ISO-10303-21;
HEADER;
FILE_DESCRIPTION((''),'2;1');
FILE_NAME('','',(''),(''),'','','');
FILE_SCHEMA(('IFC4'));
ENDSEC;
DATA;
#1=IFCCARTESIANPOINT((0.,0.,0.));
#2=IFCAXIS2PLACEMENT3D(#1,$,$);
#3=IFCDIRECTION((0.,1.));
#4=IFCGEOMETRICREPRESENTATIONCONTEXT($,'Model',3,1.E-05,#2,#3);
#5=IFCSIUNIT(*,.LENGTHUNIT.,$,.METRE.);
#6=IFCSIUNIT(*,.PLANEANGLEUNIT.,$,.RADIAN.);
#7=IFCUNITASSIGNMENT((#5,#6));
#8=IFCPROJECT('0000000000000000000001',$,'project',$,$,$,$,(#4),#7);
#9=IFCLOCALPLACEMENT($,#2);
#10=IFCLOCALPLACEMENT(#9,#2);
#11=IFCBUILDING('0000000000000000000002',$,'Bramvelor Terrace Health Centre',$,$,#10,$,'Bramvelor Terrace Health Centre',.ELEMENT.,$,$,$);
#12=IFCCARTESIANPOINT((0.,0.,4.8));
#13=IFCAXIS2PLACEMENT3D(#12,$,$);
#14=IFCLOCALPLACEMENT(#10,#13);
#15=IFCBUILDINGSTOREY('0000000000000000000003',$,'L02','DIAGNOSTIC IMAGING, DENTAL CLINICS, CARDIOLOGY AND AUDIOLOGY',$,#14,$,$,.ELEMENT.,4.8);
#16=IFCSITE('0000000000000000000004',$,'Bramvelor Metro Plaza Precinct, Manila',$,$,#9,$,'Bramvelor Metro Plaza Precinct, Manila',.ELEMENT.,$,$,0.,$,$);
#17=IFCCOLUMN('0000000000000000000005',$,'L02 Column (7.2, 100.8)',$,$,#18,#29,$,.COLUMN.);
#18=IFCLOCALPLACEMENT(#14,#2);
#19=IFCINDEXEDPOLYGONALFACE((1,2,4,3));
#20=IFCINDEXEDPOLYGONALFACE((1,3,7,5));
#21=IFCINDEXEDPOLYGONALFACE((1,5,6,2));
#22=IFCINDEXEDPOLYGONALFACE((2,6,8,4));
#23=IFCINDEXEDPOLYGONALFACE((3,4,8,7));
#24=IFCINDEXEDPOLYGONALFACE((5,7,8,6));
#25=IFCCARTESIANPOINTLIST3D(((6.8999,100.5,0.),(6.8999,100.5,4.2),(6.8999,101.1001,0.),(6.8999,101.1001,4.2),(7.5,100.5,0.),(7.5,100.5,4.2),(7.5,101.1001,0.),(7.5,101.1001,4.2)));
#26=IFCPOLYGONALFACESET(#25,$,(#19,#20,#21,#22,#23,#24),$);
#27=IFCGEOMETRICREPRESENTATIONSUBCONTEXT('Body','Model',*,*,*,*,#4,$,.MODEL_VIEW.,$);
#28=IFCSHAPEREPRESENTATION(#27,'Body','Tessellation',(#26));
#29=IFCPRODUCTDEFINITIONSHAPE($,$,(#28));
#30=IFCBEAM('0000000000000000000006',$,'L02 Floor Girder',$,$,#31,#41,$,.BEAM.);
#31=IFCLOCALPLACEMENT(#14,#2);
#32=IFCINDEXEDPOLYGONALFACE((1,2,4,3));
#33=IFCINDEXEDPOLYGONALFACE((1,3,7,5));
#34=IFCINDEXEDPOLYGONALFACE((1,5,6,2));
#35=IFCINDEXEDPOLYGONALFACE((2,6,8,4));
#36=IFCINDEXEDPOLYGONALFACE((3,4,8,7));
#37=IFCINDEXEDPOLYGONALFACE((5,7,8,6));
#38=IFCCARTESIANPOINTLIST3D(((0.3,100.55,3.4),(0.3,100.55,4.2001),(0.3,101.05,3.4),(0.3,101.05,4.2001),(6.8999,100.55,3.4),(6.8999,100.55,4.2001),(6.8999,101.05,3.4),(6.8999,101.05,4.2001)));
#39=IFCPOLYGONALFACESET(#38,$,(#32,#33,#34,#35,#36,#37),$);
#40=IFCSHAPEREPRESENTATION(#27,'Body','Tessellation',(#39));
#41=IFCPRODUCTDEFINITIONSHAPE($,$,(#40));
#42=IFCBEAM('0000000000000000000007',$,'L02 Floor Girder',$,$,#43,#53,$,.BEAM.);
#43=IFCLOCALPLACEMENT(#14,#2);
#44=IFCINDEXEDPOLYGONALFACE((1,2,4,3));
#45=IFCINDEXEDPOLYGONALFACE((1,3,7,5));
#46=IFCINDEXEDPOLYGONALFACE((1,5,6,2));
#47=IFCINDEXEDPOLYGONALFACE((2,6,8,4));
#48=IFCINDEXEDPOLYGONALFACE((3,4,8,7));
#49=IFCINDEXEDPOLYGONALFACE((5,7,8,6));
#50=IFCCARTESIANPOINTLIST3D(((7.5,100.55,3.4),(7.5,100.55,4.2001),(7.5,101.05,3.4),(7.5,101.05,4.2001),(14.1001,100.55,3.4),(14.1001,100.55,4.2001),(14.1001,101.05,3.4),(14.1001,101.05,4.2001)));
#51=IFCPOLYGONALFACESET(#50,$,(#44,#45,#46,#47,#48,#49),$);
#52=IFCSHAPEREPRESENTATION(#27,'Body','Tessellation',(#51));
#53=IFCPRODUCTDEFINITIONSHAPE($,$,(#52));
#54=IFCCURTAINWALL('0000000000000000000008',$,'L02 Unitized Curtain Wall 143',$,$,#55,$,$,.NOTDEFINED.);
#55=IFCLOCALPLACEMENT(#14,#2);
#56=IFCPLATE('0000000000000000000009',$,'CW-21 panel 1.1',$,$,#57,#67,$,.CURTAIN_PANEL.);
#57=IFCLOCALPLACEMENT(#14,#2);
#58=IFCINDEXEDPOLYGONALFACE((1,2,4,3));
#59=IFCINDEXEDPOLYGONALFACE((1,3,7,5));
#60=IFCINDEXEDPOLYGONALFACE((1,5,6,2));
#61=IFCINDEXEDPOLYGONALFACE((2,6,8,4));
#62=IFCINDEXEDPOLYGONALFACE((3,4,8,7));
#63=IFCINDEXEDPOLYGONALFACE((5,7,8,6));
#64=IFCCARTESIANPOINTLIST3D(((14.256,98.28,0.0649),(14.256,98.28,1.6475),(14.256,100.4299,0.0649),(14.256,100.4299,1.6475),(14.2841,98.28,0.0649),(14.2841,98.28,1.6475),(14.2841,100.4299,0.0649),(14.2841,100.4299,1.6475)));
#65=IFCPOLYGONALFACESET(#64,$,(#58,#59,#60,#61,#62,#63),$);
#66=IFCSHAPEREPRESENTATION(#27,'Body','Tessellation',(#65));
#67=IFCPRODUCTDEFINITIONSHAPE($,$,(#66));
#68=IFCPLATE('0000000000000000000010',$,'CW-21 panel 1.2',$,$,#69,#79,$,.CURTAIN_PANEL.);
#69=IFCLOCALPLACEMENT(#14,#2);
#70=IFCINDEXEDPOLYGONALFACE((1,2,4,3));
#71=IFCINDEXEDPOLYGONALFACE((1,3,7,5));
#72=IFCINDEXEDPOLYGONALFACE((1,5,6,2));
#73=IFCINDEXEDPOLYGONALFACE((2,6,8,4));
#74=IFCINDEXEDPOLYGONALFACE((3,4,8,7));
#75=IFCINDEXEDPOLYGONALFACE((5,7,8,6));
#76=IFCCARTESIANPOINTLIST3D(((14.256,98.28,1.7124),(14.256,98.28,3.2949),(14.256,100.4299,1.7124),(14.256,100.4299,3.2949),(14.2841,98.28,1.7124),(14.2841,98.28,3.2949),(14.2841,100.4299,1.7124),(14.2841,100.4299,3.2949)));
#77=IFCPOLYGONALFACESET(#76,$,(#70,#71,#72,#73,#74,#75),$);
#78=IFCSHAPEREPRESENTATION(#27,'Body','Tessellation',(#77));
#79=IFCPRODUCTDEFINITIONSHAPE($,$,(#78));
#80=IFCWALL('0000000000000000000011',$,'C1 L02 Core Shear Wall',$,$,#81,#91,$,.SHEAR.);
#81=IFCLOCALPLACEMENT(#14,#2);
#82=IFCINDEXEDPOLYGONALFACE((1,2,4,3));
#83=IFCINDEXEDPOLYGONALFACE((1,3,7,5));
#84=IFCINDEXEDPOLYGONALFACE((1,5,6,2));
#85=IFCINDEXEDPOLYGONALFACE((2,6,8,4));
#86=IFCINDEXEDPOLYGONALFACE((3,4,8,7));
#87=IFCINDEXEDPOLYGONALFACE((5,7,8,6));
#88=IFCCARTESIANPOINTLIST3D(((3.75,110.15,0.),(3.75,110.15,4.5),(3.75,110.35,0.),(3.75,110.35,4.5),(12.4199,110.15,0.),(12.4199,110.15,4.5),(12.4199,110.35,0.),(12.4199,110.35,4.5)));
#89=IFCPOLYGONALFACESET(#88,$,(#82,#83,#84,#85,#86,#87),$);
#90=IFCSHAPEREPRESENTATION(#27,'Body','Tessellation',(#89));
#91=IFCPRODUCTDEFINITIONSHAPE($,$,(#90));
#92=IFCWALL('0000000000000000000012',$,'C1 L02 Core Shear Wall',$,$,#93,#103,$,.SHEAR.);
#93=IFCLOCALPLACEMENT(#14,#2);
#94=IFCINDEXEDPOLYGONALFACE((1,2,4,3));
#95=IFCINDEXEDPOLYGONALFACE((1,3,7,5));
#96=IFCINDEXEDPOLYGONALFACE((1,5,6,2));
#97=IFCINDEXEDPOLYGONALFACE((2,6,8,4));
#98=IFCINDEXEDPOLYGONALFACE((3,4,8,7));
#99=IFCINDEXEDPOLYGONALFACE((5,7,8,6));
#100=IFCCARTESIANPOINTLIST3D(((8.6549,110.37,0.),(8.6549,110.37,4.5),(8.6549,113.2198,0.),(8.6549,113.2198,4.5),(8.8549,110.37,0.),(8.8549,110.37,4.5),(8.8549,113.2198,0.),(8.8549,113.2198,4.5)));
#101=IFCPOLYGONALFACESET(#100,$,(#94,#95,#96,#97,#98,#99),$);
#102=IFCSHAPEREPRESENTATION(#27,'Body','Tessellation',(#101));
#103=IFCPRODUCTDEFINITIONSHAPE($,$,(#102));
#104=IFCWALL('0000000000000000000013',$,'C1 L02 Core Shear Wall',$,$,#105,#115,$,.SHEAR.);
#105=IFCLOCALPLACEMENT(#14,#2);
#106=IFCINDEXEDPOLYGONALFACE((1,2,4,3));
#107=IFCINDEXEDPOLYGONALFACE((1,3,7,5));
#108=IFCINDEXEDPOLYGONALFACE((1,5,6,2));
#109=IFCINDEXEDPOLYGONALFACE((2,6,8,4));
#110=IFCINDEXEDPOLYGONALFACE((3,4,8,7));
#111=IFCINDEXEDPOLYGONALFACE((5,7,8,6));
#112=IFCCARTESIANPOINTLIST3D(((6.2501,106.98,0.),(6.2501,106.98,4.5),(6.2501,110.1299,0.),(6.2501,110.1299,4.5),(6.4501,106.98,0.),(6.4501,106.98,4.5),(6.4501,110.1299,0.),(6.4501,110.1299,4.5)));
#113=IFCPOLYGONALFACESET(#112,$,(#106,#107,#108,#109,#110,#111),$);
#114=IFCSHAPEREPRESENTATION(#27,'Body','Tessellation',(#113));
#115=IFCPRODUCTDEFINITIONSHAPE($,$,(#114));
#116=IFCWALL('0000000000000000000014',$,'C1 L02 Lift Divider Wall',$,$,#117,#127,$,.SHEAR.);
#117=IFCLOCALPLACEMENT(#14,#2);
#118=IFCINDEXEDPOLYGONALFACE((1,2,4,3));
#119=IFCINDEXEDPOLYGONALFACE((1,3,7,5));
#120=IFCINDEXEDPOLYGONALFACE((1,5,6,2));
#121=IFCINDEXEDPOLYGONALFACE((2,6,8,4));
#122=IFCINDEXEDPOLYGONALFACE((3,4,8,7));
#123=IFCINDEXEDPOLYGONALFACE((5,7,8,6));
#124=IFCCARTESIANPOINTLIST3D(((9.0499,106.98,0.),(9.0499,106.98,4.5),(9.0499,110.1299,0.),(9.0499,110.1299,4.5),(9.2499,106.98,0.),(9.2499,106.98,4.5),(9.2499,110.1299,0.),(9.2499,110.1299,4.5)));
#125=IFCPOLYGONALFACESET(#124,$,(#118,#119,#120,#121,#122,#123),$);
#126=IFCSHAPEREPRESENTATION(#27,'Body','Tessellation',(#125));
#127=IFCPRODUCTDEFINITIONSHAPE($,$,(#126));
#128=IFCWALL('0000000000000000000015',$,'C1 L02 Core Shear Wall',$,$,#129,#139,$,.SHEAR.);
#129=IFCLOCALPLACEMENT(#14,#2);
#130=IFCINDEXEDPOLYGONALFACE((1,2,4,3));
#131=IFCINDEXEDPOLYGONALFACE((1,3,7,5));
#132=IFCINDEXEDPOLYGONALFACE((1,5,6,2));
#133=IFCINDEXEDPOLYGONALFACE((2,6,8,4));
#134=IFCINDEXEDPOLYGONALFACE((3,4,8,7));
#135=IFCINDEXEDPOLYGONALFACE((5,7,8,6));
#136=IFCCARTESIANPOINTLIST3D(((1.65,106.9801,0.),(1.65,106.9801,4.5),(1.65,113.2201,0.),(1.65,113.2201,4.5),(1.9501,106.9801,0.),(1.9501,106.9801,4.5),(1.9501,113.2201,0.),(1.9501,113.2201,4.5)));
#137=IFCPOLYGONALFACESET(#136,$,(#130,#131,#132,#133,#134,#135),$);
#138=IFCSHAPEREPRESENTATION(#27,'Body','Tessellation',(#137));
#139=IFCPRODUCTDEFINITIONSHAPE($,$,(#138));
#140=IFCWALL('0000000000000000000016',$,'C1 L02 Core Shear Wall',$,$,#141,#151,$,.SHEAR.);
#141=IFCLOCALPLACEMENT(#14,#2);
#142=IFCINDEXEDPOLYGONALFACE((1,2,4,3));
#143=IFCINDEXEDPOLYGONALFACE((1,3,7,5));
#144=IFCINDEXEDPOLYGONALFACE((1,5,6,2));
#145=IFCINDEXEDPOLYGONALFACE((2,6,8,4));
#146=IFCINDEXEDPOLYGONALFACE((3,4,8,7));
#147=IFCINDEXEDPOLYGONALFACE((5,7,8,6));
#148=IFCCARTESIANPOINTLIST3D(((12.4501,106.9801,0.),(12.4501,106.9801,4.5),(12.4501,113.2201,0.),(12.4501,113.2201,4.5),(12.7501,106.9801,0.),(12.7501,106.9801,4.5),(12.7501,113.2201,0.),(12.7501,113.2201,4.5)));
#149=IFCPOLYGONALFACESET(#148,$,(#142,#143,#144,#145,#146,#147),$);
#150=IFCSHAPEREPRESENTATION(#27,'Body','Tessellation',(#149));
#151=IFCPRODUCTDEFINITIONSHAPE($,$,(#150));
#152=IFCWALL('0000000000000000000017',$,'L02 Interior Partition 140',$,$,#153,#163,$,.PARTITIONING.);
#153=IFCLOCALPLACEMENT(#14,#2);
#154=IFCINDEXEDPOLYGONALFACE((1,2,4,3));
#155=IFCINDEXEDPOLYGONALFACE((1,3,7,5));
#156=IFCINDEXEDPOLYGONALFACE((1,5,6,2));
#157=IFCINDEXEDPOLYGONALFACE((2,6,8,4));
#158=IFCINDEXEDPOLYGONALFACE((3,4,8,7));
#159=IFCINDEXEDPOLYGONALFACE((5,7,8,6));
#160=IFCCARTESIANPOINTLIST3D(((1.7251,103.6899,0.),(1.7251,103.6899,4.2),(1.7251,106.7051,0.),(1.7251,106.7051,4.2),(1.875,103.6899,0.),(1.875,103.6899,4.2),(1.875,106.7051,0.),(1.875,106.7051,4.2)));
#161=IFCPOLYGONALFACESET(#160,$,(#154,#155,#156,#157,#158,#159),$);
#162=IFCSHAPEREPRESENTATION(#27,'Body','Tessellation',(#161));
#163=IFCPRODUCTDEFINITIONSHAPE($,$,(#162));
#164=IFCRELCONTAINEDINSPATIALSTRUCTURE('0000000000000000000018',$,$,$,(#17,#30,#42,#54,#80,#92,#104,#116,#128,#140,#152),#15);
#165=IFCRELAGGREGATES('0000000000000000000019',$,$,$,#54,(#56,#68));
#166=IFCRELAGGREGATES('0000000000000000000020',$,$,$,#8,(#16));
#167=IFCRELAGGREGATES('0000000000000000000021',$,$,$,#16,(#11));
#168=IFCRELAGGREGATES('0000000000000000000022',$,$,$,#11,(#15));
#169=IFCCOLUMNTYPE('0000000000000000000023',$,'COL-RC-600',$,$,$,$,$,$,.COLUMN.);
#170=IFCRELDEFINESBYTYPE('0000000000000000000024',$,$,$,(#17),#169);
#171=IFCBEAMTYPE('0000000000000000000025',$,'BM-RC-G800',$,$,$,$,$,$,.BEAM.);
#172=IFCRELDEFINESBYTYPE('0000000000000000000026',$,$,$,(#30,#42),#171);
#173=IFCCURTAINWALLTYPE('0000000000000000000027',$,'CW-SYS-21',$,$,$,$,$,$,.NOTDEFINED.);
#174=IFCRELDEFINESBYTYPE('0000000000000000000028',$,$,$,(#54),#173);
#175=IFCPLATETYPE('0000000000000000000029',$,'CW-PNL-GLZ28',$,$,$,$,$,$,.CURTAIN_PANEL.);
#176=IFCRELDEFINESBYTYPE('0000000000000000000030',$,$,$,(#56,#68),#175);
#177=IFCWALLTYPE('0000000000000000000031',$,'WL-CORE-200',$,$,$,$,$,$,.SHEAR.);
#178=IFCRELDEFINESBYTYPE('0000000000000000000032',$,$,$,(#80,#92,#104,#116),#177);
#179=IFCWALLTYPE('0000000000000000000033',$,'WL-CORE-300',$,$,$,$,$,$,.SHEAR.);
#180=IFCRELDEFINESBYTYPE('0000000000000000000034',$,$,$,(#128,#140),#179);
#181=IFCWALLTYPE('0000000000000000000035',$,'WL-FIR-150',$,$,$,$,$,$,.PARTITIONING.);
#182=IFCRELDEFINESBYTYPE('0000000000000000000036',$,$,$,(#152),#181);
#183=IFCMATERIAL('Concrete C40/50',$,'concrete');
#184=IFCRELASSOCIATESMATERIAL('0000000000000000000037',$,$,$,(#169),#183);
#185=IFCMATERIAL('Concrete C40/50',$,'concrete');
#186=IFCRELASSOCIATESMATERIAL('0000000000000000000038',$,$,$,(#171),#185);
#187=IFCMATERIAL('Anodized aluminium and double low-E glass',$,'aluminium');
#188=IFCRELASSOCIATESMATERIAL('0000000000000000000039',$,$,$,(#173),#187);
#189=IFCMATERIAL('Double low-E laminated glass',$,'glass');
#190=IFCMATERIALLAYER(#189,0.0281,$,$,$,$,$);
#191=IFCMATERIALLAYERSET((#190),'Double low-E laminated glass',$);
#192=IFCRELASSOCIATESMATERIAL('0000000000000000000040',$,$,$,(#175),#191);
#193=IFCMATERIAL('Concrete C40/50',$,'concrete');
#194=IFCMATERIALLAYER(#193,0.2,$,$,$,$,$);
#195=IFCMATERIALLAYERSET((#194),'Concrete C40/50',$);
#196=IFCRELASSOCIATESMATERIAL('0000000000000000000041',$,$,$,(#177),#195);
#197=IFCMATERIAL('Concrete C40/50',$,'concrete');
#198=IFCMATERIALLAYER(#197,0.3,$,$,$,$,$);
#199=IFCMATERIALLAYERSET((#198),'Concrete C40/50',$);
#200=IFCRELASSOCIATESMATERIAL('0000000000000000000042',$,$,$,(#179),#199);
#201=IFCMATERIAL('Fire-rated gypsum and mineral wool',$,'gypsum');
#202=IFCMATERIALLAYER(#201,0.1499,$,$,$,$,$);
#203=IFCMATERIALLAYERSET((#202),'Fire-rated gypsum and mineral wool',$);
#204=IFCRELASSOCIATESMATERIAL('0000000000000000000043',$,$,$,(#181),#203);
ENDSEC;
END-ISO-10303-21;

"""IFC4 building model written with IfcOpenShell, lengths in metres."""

from ifc_helpers import new_model, si_unit, direction, frame, frame_2d, origin, origin_2d, place, context, subcontext, project, spatial, rectangle, extrude, material, layer, layer_set, material_profile, profile_set, type_object, element, aggregate, save


model = new_model("IFC4")

# Units and contexts
model_context = context("Model", 3, precision=1e-05, world=origin(), true_north=direction((0.0, 1.0)))
body_context = subcontext(model_context, "Body", "Model", "MODEL_VIEW")
ifc_project = project(units=[si_unit("LENGTHUNIT", "METRE"), si_unit("PLANEANGLEUNIT", "RADIAN")], contexts=[model_context])

# Site, building, storey
site_placement = place(None, origin())
site = spatial("IfcSite", under=ifc_project, at=site_placement, Name="Bramvelor Metro Plaza Precinct, Manila", LongName="Bramvelor Metro Plaza Precinct, Manila", CompositionType="ELEMENT", RefElevation=0.0)
building_placement = place(site_placement, origin())
building = spatial("IfcBuilding", under=site, at=building_placement, Name="Bramvelor Terrace Health Centre", LongName="Bramvelor Terrace Health Centre", CompositionType="ELEMENT")
storey_placement = place(building_placement, frame((0.0, 0.0, 4.8)))
storey = spatial("IfcBuildingStorey", under=building, at=storey_placement, Name="L02", Description="DIAGNOSTIC IMAGING, DENTAL CLINICS, CARDIOLOGY AND AUDIOLOGY", CompositionType="ELEMENT", Elevation=4.8)

# Column
ifc_material_1 = material(Name="Concrete C40/50", Category="concrete")
ifc_material_profile_1 = material_profile(ifc_material_1, rectangle(XDim=0.6001, YDim=0.6001, at=origin_2d()), Name="RC 600x600")
ifc_profile_set_1 = profile_set([ifc_material_profile_1], Name="Concrete C40/50")
column_type = type_object("IfcColumnType", Name="COL-RC-600", PredefinedType="COLUMN", material=ifc_profile_set_1)
column_placement = place(storey_placement, frame((7.2, 100.8, 0.0), z_axis=(0.0, 0.0, 1.0), x_axis=(1.0, 0.0, 0.0)))
element("IfcColumn", 1, at=column_placement, inside=storey, type_object=column_type, Name="L02 Column (7.2, 100.8)", PredefinedType="COLUMN", context=body_context, shape_type="SweptSolid", body=[
    extrude(rectangle(XDim=0.6001, YDim=0.6001, at=origin_2d()), origin(), (0.0, 0.0, 1.0), 4.2),
])

# Beams
ifc_material_2 = material(Name="Concrete C40/50", Category="concrete")
ifc_material_profile_2 = material_profile(ifc_material_2, rectangle(XDim=0.5, YDim=0.8, at=origin_2d()), Name="RC 500x800")
ifc_profile_set_2 = profile_set([ifc_material_profile_2], Name="Concrete C40/50")
beam_type = type_object("IfcBeamType", Name="BM-RC-G800", PredefinedType="BEAM", material=ifc_profile_set_2)
beam_1_placement = place(storey_placement, frame((0.3, 100.8, 3.8), z_axis=(1.0, 0.0, 0.0), x_axis=(0.0, 1.0, 0.0)))
element("IfcBeam", 2, at=beam_1_placement, inside=storey, type_object=beam_type, Name="L02 Floor Girder", PredefinedType="BEAM", context=body_context, shape_type="SweptSolid", body=[
    extrude(rectangle(XDim=0.5, YDim=0.8, at=origin_2d()), origin(), (0.0, 0.0, 1.0), 6.5999),
])
beam_2_placement = place(storey_placement, frame((7.5, 100.8, 3.8), z_axis=(1.0, 0.0, 0.0), x_axis=(0.0, 1.0, 0.0)))
element("IfcBeam", 3, at=beam_2_placement, inside=storey, type_object=beam_type, Name="L02 Floor Girder", PredefinedType="BEAM", context=body_context, shape_type="SweptSolid", body=[
    extrude(rectangle(XDim=0.5, YDim=0.8, at=origin_2d()), origin(), (0.0, 0.0, 1.0), 6.6001),
])

# Curtain wall, plates
ifc_material_3 = material(Name="Anodized aluminium and double low-E glass", Category="aluminium")
curtain_wall_type = type_object("IfcCurtainWallType", Name="CW-SYS-21", PredefinedType="NOTDEFINED", material=ifc_material_3)
curtain_wall_placement = place(storey_placement, origin())
curtain_wall = element("IfcCurtainWall", 4, at=curtain_wall_placement, inside=storey, type_object=curtain_wall_type, Name="L02 Unitized Curtain Wall 143", PredefinedType="NOTDEFINED")
ifc_material_4 = material(Name="Double low-E laminated glass", Category="glass")
ifc_layer_1 = layer(ifc_material_4, 0.0281)
ifc_layer_set_1 = layer_set([ifc_layer_1], Name="Double low-E laminated glass")
plate_type = type_object("IfcPlateType", Name="CW-PNL-GLZ28", PredefinedType="CURTAIN_PANEL", material=ifc_layer_set_1)
plate_1_placement = place(storey_placement, frame((14.27, 99.355, 0.0649), z_axis=(0.0, 0.0, 1.0), x_axis=(0.0, -1.0, 0.0)))
plate_1 = element("IfcPlate", 5, at=plate_1_placement, type_object=plate_type, Name="CW-21 panel 1.1", PredefinedType="CURTAIN_PANEL", context=body_context, shape_type="SweptSolid", body=[
    extrude(rectangle(XDim=2.1499, YDim=0.0281, at=origin_2d()), origin(), (0.0, 0.0, 1.0), 1.5825),
])
plate_2_placement = place(storey_placement, frame((14.27, 99.355, 1.7124), z_axis=(0.0, 0.0, 1.0), x_axis=(0.0, -1.0, 0.0)))
plate_2 = element("IfcPlate", 6, at=plate_2_placement, type_object=plate_type, Name="CW-21 panel 1.2", PredefinedType="CURTAIN_PANEL", context=body_context, shape_type="SweptSolid", body=[
    extrude(rectangle(XDim=2.1499, YDim=0.0281, at=origin_2d()), origin(), (0.0, 0.0, 1.0), 1.5825),
])
aggregate(curtain_wall, [plate_1, plate_2])

# Walls
ifc_material_5 = material(Name="Concrete C40/50", Category="concrete")
ifc_layer_2 = layer(ifc_material_5, 0.2)
ifc_layer_set_2 = layer_set([ifc_layer_2], Name="Concrete C40/50")
wall_type_1 = type_object("IfcWallType", Name="WL-CORE-200", PredefinedType="SHEAR", material=ifc_layer_set_2)
wall_1_placement = place(storey_placement, frame((3.75, 110.25, 0.0), z_axis=(0.0, 0.0, 1.0), x_axis=(1.0, 0.0, 0.0)))
element("IfcWall", 7, at=wall_1_placement, inside=storey, type_object=wall_type_1, Name="C1 L02 Core Shear Wall", PredefinedType="SHEAR", context=body_context, shape_type="SweptSolid", body=[
    extrude(rectangle(XDim=8.6699, YDim=0.2, at=frame_2d((4.335, 0.0))), origin(), (0.0, 0.0, 1.0), 4.5),
])
wall_2_placement = place(storey_placement, frame((8.7549, 110.3701, 0.0), z_axis=(0.0, 0.0, 1.0), x_axis=(0.0, 1.0, 0.0)))
element("IfcWall", 8, at=wall_2_placement, inside=storey, type_object=wall_type_1, Name="C1 L02 Core Shear Wall", PredefinedType="SHEAR", context=body_context, shape_type="SweptSolid", body=[
    extrude(rectangle(XDim=2.8499, YDim=0.2, at=frame_2d((1.4248, 0.0))), origin(), (0.0, 0.0, 1.0), 4.5),
])
for number, where, z_axis, x_axis, name in (
    (9, (6.3501, 106.98, 0.0), (0.0, 0.0, 1.0), (0.0, 1.0, 0.0), "C1 L02 Core Shear Wall"),
    (10, (9.1499, 106.98, 0.0), (0.0, 0.0, 1.0), (0.0, 1.0, 0.0), "C1 L02 Lift Divider Wall"),
):
    element("IfcWall", number, at=place(storey_placement, frame(where, z_axis=z_axis, x_axis=x_axis)), inside=storey, type_object=wall_type_1, Name=name, PredefinedType="SHEAR", context=body_context, shape_type="SweptSolid", body=[
        extrude(rectangle(XDim=3.1499, YDim=0.2, at=frame_2d((1.575, 0.0))), origin(), (0.0, 0.0, 1.0), 4.5),
    ])

# Shared definitions
ifc_material_6 = material(Name="Concrete C40/50", Category="concrete")
ifc_layer_3 = layer(ifc_material_6, 0.3)
ifc_layer_set_3 = layer_set([ifc_layer_3], Name="Concrete C40/50")
wall_type_2 = type_object("IfcWallType", Name="WL-CORE-300", PredefinedType="SHEAR", material=ifc_layer_set_3)

# Walls
for number, where, z_axis, x_axis, name in (
    (11, (1.8, 106.98, 0.0), (0.0, 0.0, 1.0), (0.0, 1.0, 0.0), "C1 L02 Core Shear Wall"),
    (12, (12.6001, 106.98, 0.0), (0.0, 0.0, 1.0), (0.0, 1.0, 0.0), "C1 L02 Core Shear Wall"),
):
    element("IfcWall", number, at=place(storey_placement, frame(where, z_axis=z_axis, x_axis=x_axis)), inside=storey, type_object=wall_type_2, Name=name, PredefinedType="SHEAR", context=body_context, shape_type="SweptSolid", body=[
        extrude(rectangle(XDim=6.24, YDim=0.3, at=frame_2d((3.1201, 0.0))), origin(), (0.0, 0.0, 1.0), 4.5),
    ])
ifc_material_7 = material(Name="Fire-rated gypsum and mineral wool", Category="gypsum")
ifc_layer_4 = layer(ifc_material_7, 0.1499)
ifc_layer_set_4 = layer_set([ifc_layer_4], Name="Fire-rated gypsum and mineral wool")
wall_type_3 = type_object("IfcWallType", Name="WL-FIR-150", PredefinedType="PARTITIONING", material=ifc_layer_set_4)
wall_3_placement = place(storey_placement, frame((1.8, 103.6899, 0.0), z_axis=(0.0, 0.0, 1.0), x_axis=(0.0, 1.0, 0.0)))
element("IfcWall", 13, at=wall_3_placement, inside=storey, type_object=wall_type_3, Name="L02 Interior Partition 140", PredefinedType="PARTITIONING", context=body_context, shape_type="SweptSolid", body=[
    extrude(rectangle(XDim=3.0151, YDim=0.1499, at=frame_2d((1.5076, 0.0))), origin(), (0.0, 0.0, 1.0), 4.2),
])

save(model, "model.ifc")
